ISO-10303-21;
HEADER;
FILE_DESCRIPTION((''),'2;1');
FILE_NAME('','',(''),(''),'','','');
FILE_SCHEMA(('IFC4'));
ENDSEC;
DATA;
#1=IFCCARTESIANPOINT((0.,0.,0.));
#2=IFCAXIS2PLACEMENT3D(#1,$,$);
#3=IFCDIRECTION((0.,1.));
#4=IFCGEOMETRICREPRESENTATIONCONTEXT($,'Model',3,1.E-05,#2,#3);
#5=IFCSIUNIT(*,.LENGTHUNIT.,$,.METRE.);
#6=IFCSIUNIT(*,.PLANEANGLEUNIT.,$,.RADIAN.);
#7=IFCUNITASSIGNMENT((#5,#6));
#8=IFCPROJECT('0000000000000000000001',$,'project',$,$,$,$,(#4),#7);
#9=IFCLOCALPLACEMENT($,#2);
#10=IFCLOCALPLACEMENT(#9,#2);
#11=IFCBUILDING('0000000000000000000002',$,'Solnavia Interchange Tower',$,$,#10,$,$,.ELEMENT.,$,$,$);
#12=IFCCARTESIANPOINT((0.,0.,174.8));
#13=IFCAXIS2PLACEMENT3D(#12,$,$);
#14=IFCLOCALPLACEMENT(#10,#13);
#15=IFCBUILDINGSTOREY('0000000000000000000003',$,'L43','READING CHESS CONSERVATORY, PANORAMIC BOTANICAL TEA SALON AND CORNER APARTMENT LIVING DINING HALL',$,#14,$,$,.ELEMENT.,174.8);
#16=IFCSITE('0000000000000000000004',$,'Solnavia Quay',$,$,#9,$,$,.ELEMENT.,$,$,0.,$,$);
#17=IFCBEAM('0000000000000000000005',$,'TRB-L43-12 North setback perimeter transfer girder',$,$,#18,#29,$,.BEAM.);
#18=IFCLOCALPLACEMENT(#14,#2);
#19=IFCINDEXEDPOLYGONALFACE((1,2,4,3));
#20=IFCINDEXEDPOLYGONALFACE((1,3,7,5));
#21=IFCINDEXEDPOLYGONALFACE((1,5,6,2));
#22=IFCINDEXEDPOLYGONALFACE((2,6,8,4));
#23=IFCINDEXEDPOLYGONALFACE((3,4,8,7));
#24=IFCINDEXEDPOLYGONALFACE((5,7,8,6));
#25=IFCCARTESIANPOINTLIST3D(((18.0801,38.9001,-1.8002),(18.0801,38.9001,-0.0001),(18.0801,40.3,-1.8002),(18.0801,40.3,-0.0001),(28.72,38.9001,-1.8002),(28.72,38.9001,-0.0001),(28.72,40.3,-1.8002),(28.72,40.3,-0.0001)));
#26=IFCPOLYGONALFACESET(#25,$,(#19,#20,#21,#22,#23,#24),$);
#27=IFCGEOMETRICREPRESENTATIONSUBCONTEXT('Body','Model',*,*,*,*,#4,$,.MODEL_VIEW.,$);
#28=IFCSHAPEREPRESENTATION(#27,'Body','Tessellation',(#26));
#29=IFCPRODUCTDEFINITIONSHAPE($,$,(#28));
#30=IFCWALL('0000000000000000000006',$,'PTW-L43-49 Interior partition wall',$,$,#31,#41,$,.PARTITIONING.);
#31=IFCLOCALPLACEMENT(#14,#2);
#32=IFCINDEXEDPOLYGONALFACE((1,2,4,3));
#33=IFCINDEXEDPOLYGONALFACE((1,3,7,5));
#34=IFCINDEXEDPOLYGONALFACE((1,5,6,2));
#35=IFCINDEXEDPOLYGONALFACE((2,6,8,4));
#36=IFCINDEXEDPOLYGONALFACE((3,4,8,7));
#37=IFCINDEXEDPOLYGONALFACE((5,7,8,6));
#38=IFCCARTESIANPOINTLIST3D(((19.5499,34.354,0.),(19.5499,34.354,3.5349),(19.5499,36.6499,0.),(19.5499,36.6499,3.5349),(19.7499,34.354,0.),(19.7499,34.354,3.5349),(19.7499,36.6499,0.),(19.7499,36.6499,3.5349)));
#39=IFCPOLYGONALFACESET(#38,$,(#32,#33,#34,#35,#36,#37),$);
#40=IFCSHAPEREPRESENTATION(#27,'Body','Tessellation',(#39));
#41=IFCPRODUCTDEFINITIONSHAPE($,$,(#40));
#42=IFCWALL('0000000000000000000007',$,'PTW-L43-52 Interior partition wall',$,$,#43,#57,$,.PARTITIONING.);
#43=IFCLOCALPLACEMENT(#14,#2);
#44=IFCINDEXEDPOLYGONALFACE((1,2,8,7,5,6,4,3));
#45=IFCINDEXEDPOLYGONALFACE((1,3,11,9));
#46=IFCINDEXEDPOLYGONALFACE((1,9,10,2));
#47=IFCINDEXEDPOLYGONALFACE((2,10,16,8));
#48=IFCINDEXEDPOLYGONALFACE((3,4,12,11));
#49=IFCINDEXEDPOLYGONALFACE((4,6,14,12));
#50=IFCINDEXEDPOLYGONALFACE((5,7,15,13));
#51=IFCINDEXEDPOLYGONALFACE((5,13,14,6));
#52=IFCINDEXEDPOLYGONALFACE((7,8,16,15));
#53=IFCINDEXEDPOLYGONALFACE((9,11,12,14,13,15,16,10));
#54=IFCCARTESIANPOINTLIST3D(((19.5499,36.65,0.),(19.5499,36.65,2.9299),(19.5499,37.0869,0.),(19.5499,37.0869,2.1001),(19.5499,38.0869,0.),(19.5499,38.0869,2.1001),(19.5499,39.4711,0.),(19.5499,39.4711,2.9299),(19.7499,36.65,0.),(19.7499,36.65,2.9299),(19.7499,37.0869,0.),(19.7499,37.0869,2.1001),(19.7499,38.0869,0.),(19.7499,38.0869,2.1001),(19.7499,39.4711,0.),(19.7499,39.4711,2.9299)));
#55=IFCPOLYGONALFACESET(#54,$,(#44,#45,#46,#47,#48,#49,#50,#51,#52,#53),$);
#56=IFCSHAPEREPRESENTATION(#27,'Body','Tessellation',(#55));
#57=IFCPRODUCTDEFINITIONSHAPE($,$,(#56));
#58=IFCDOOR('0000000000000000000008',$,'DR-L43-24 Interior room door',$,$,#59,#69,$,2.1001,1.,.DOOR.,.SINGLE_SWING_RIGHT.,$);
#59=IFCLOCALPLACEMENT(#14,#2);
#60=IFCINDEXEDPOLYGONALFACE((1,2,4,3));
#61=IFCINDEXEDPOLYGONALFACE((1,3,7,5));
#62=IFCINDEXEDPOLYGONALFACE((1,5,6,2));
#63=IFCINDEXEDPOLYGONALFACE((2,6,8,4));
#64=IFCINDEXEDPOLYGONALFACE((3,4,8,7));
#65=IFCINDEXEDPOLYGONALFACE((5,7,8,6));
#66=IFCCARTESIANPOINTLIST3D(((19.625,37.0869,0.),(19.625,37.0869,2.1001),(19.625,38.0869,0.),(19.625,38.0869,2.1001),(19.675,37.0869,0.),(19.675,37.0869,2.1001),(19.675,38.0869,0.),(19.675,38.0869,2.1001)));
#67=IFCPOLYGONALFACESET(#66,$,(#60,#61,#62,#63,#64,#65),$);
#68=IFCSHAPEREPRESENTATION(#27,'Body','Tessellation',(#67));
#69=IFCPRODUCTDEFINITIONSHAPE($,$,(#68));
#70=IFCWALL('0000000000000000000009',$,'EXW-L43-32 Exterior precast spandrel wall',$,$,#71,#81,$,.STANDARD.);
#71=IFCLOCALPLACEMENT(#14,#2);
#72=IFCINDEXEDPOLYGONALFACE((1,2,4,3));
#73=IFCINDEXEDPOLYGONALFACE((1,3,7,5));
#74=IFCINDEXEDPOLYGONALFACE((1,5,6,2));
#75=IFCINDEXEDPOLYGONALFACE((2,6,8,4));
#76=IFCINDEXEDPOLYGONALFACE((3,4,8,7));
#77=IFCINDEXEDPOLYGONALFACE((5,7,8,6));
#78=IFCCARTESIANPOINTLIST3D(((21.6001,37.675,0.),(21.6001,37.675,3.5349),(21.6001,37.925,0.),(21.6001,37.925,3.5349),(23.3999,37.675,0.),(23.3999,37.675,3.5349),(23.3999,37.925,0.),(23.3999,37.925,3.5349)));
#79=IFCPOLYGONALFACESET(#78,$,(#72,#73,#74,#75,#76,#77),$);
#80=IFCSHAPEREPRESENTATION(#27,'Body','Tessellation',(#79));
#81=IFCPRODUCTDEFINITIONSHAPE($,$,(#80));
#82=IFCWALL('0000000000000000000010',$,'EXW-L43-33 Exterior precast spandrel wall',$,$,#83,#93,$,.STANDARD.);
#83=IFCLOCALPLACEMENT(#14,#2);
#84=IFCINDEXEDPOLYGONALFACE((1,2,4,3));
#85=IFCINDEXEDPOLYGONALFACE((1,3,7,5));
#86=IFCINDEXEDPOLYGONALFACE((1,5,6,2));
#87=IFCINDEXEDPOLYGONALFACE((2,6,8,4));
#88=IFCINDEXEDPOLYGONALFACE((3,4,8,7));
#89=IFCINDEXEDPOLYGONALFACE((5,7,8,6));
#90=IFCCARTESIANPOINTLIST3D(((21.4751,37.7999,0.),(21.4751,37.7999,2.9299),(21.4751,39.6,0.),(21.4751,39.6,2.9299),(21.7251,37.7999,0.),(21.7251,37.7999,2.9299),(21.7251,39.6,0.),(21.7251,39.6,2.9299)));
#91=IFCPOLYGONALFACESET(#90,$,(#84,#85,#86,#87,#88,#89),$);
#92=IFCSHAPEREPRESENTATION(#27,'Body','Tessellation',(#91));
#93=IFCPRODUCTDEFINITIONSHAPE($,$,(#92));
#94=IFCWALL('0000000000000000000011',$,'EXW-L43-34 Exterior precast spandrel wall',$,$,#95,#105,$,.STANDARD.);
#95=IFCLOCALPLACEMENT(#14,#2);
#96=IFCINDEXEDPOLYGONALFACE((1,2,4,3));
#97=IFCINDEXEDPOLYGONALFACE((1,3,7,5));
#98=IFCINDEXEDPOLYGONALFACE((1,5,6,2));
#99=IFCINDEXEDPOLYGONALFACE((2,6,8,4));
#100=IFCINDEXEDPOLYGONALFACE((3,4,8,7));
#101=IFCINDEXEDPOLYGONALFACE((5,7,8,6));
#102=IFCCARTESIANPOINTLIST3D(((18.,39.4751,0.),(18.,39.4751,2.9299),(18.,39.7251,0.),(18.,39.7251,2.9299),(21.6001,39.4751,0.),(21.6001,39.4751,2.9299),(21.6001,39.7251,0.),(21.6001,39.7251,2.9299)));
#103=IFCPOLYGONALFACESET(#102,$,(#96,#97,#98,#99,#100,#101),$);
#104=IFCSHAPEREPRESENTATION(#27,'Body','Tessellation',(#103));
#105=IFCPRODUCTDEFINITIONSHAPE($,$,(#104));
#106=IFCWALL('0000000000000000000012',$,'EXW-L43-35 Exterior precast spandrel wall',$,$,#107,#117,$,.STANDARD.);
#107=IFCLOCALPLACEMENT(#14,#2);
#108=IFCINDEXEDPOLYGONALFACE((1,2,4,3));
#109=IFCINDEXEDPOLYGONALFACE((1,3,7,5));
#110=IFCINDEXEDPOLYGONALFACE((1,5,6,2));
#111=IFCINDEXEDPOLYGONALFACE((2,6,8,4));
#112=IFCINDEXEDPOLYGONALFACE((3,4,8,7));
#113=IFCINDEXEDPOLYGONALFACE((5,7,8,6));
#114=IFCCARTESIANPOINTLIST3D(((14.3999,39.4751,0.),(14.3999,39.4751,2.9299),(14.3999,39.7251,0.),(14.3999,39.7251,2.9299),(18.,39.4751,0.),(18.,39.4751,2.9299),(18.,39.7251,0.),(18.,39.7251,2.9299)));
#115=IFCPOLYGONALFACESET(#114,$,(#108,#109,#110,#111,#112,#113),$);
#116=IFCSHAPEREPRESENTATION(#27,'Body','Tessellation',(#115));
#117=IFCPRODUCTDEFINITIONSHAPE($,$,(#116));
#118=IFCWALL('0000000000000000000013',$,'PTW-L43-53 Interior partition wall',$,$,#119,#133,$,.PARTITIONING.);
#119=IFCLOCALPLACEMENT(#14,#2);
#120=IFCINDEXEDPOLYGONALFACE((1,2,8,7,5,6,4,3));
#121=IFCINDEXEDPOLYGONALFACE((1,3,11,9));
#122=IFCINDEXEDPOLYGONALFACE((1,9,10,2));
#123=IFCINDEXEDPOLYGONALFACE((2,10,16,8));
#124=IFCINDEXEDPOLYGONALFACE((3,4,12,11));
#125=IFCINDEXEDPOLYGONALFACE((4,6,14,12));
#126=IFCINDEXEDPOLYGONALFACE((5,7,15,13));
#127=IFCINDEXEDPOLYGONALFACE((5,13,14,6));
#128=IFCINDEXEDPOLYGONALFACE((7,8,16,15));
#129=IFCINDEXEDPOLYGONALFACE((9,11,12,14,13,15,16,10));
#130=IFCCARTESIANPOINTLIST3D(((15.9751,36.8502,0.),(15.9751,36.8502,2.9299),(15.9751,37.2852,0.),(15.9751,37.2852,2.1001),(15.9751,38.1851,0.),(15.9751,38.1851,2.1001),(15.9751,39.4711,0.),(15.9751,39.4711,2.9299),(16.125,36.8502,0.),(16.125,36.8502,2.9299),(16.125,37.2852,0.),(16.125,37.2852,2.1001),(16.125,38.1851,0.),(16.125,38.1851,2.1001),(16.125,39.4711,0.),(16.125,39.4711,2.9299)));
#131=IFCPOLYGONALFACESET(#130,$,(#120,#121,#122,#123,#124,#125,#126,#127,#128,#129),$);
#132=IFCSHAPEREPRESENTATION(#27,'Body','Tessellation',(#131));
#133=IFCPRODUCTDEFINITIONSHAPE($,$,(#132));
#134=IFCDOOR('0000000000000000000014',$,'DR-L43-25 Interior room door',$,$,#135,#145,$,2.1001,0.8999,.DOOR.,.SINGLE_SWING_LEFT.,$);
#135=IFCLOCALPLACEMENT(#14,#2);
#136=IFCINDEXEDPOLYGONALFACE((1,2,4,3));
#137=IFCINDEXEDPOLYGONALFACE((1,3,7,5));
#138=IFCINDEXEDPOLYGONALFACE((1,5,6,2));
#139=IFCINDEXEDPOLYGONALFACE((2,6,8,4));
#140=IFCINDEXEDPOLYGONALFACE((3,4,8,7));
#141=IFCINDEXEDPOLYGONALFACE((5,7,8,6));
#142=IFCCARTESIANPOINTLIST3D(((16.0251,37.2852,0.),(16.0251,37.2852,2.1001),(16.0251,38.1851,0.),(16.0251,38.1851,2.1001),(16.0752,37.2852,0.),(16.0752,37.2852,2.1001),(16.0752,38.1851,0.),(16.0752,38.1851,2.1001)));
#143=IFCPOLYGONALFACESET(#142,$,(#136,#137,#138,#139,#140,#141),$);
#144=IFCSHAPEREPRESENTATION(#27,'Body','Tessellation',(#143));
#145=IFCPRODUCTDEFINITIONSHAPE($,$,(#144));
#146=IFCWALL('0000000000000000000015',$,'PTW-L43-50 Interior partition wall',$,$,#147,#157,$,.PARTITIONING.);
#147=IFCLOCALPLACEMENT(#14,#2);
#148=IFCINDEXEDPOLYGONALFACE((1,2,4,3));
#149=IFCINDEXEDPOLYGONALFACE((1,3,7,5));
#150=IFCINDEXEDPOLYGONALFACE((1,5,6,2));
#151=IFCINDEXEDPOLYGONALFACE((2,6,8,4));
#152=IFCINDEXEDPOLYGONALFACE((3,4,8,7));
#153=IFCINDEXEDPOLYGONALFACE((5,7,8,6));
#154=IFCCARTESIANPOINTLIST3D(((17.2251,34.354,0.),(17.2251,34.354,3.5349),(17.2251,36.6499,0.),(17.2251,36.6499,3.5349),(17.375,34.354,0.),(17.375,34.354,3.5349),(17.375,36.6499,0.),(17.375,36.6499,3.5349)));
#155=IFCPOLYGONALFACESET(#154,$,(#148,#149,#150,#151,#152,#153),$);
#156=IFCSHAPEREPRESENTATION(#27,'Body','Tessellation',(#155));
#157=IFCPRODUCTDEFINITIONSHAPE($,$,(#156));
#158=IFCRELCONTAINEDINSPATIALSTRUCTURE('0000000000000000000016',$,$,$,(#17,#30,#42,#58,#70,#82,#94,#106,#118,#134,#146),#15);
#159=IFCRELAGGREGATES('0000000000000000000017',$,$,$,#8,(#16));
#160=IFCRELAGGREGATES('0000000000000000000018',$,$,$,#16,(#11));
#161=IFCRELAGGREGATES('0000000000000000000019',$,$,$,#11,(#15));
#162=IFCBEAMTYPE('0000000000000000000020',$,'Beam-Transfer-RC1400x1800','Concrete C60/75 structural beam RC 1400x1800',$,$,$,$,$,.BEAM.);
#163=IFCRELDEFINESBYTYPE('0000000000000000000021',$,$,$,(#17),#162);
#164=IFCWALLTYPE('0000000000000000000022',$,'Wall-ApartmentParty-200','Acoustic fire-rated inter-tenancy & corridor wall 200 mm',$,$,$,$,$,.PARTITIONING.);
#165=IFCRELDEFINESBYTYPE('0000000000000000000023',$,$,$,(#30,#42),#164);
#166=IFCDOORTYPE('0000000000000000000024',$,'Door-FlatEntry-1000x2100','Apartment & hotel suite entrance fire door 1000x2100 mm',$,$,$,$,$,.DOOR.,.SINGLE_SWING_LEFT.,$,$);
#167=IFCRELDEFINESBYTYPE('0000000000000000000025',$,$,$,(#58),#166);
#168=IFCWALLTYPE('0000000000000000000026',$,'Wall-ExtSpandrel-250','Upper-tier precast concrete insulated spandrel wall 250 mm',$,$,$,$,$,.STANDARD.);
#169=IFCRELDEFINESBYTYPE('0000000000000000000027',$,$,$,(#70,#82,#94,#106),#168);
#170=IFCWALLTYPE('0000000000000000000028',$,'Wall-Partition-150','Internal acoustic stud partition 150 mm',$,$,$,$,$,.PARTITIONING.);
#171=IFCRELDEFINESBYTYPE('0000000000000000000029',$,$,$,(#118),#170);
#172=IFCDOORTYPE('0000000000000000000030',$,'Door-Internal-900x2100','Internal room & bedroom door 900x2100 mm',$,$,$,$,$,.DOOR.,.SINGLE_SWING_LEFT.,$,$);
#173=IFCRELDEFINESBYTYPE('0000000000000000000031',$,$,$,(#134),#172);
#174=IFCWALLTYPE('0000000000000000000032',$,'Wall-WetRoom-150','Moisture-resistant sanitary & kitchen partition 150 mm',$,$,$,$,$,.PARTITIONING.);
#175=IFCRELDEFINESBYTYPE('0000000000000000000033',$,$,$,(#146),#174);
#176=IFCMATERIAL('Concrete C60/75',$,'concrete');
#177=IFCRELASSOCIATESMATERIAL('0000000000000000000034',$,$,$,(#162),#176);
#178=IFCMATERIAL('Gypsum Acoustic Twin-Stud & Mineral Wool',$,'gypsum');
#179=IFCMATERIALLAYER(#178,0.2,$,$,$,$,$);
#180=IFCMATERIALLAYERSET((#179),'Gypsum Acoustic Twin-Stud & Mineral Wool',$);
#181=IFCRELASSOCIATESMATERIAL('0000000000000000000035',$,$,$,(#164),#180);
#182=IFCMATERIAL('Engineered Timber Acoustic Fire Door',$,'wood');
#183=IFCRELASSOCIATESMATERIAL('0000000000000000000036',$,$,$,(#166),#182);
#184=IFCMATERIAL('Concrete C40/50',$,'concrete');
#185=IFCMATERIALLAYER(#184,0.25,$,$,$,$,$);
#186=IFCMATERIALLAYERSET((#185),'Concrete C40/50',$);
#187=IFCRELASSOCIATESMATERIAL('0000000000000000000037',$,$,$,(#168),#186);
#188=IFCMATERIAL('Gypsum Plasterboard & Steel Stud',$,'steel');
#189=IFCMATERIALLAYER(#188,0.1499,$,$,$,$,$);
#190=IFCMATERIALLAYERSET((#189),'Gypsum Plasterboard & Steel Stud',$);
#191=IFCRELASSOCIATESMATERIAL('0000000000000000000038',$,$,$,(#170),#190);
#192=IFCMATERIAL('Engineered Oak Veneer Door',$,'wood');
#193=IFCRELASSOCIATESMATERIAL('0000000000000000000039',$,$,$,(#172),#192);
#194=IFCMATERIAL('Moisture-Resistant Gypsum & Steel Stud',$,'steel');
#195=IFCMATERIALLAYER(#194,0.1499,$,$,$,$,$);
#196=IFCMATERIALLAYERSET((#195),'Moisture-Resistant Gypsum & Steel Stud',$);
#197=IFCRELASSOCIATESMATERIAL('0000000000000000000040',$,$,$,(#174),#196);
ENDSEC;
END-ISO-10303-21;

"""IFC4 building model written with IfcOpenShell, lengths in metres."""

from ifc_helpers import new_model, si_unit, direction, frame, frame_2d, origin, origin_2d, place, context, subcontext, project, spatial, rectangle, extrude, material, layer, layer_set, material_profile, profile_set, type_object, element, fill, save


model = new_model("IFC4")

# Units and contexts
model_context = context("Model", 3, precision=1e-05, world=origin(), true_north=direction((0.0, 1.0)))
body_context = subcontext(model_context, "Body", "Model", "MODEL_VIEW")
ifc_project = project(units=[si_unit("LENGTHUNIT", "METRE"), si_unit("PLANEANGLEUNIT", "RADIAN")], contexts=[model_context])

# Site, building, storey
site_placement = place(None, origin())
site = spatial("IfcSite", under=ifc_project, at=site_placement, Name="Solnavia Quay", CompositionType="ELEMENT", RefElevation=0.0)
building_placement = place(site_placement, origin())
building = spatial("IfcBuilding", under=site, at=building_placement, Name="Solnavia Interchange Tower", CompositionType="ELEMENT")
storey_placement = place(building_placement, frame((0.0, 0.0, 174.8)))
storey = spatial("IfcBuildingStorey", under=building, at=storey_placement, Name="L43", Description="READING CHESS CONSERVATORY, PANORAMIC BOTANICAL TEA SALON AND CORNER APARTMENT LIVING DINING HALL", CompositionType="ELEMENT", Elevation=174.8)

# Beam
ifc_material_1 = material(Name="Concrete C60/75", Category="concrete")
ifc_material_profile_1 = material_profile(ifc_material_1, rectangle(XDim=1.3999, YDim=1.8, at=origin_2d()), Name="RC 1400x1800")
ifc_profile_set_1 = profile_set([ifc_material_profile_1], Name="Concrete C60/75")
beam_type_1 = type_object("IfcBeamType", Name="Beam-Transfer-RC1400x1800", Description="Concrete C60/75 structural beam RC 1400x1800", PredefinedType="BEAM", material=ifc_profile_set_1)
beam_1_placement = place(storey_placement, frame((18.0801, 39.6001, -0.9001), z_axis=(1.0, 0.0, 0.0), x_axis=(0.0, 1.0, 0.0)))
element("IfcBeam", 1, at=beam_1_placement, inside=storey, type_object=beam_type_1, Name="TRB-L43-12 North setback perimeter transfer girder", PredefinedType="BEAM", context=body_context, shape_type="SweptSolid", body=[
    extrude(rectangle(XDim=1.3999, YDim=1.8, at=origin_2d()), origin(), (0.0, 0.0, 1.0), 10.6399),
])

# Wall
ifc_material_2 = material(Name="Gypsum Acoustic Twin-Stud & Mineral Wool", Category="gypsum")
ifc_layer_1 = layer(ifc_material_2, 0.2)
ifc_layer_set_1 = layer_set([ifc_layer_1], Name="Gypsum Acoustic Twin-Stud & Mineral Wool")
wall_type_1 = type_object("IfcWallType", Name="Wall-ApartmentParty-200", Description="Acoustic fire-rated inter-tenancy & corridor wall 200 mm", PredefinedType="PARTITIONING", material=ifc_layer_set_1)
wall_1_placement = place(storey_placement, frame((19.6499, 34.354, 0.0), z_axis=(0.0, 0.0, 1.0), x_axis=(0.0, 1.0, 0.0)))
element("IfcWall", 2, at=wall_1_placement, inside=storey, type_object=wall_type_1, Name="PTW-L43-49 Interior partition wall", PredefinedType="PARTITIONING", context=body_context, shape_type="SweptSolid", body=[
    extrude(rectangle(XDim=2.2959, YDim=0.2, at=frame_2d((1.1479, 0.0))), origin(), (0.0, 0.0, 1.0), 3.5349),
])

# Wall, opening, door
wall_2_placement = place(storey_placement, frame((19.6499, 36.6499, 0.0), z_axis=(0.0, 0.0, 1.0), x_axis=(0.0, 1.0, 0.0)))
wall_2 = element("IfcWall", 3, at=wall_2_placement, inside=storey, type_object=wall_type_1, Name="PTW-L43-52 Interior partition wall", PredefinedType="PARTITIONING", context=body_context, shape_type="SweptSolid", body=[
    extrude(rectangle(XDim=2.821, YDim=0.2, at=frame_2d((1.4106, 0.0))), origin(), (0.0, 0.0, 1.0), 2.9299),
])
opening_1_placement = place(wall_2_placement, frame((0.437, 0.0, 0.0)))
opening_1 = element("IfcOpeningElement", 4, at=opening_1_placement, cuts=wall_2, PredefinedType="OPENING", context=body_context, shape_type="SweptSolid", body=[
    extrude(rectangle(XDim=1.0, YDim=2.1001, at=frame_2d((0.5, 1.05))), frame((0.0, 0.1099, 0.0), z_axis=(0.0, -1.0, 0.0), x_axis=(1.0, 0.0, 0.0)), (0.0, 0.0, 1.0), 0.22),
])
ifc_material_3 = material(Name="Engineered Timber Acoustic Fire Door", Category="wood")
door_type_1 = type_object("IfcDoorType", Name="Door-FlatEntry-1000x2100", Description="Apartment & hotel suite entrance fire door 1000x2100 mm", OperationType="SINGLE_SWING_LEFT", PredefinedType="DOOR", material=ifc_material_3)
door_1_placement = place(opening_1_placement, origin())
door_1 = element("IfcDoor", 5, at=door_1_placement, inside=storey, type_object=door_type_1, Name="DR-L43-24 Interior room door", OperationType="SINGLE_SWING_RIGHT", OverallHeight=2.1001, OverallWidth=1.0, PredefinedType="DOOR", context=body_context, shape_type="SweptSolid", body=[
    extrude(rectangle(XDim=1.0, YDim=2.1001, at=frame_2d((0.5, 1.05))), frame((0.0, 0.0249, 0.0), z_axis=(0.0, -1.0, 0.0), x_axis=(1.0, 0.0, 0.0)), (0.0, 0.0, 1.0), 0.05),
])
fill(opening_1, door_1)

# Walls
ifc_material_4 = material(Name="Concrete C40/50", Category="concrete")
ifc_layer_2 = layer(ifc_material_4, 0.25)
ifc_layer_set_2 = layer_set([ifc_layer_2], Name="Concrete C40/50")
wall_type_2 = type_object("IfcWallType", Name="Wall-ExtSpandrel-250", Description="Upper-tier precast concrete insulated spandrel wall 250 mm", PredefinedType="STANDARD", material=ifc_layer_set_2)
wall_3_placement = place(storey_placement, frame((21.6001, 37.8, 0.0), z_axis=(0.0, 0.0, 1.0), x_axis=(1.0, 0.0, 0.0)))
element("IfcWall", 6, at=wall_3_placement, inside=storey, type_object=wall_type_2, Name="EXW-L43-32 Exterior precast spandrel wall", PredefinedType="STANDARD", context=body_context, shape_type="SweptSolid", body=[
    extrude(rectangle(XDim=1.7998, YDim=0.25, at=frame_2d((0.8999, 0.0))), origin(), (0.0, 0.0, 1.0), 3.5349),
])
wall_4_placement = place(storey_placement, frame((21.6001, 37.8, 0.0), z_axis=(0.0, 0.0, 1.0), x_axis=(0.0, 1.0, 0.0)))
element("IfcWall", 7, at=wall_4_placement, inside=storey, type_object=wall_type_2, Name="EXW-L43-33 Exterior precast spandrel wall", PredefinedType="STANDARD", context=body_context, shape_type="SweptSolid", body=[
    extrude(rectangle(XDim=1.8, YDim=0.25, at=frame_2d((0.8999, 0.0))), origin(), (0.0, 0.0, 1.0), 2.9299),
])
for number, where, z_axis, x_axis, name in (
    (8, (18.0, 39.6001, 0.0), (0.0, 0.0, 1.0), (1.0, 0.0, 0.0), "EXW-L43-34 Exterior precast spandrel wall"),
    (9, (14.3999, 39.6001, 0.0), (0.0, 0.0, 1.0), (1.0, 0.0, 0.0), "EXW-L43-35 Exterior precast spandrel wall"),
):
    element("IfcWall", number, at=place(storey_placement, frame(where, z_axis=z_axis, x_axis=x_axis)), inside=storey, type_object=wall_type_2, Name=name, PredefinedType="STANDARD", context=body_context, shape_type="SweptSolid", body=[
        extrude(rectangle(XDim=3.6001, YDim=0.25, at=frame_2d((1.8, 0.0))), origin(), (0.0, 0.0, 1.0), 2.9299),
    ])

# Wall, opening, door
ifc_material_5 = material(Name="Gypsum Plasterboard & Steel Stud", Category="steel")
ifc_layer_3 = layer(ifc_material_5, 0.1499)
ifc_layer_set_3 = layer_set([ifc_layer_3], Name="Gypsum Plasterboard & Steel Stud")
wall_type_3 = type_object("IfcWallType", Name="Wall-Partition-150", Description="Internal acoustic stud partition 150 mm", PredefinedType="PARTITIONING", material=ifc_layer_set_3)
wall_5_placement = place(storey_placement, frame((16.05, 36.8501, 0.0), z_axis=(0.0, 0.0, 1.0), x_axis=(0.0, 1.0, 0.0)))
wall_5 = element("IfcWall", 10, at=wall_5_placement, inside=storey, type_object=wall_type_3, Name="PTW-L43-53 Interior partition wall", PredefinedType="PARTITIONING", context=body_context, shape_type="SweptSolid", body=[
    extrude(rectangle(XDim=2.6208, YDim=0.1499, at=frame_2d((1.3105, 0.0))), origin(), (0.0, 0.0, 1.0), 2.9299),
])
opening_2_placement = place(wall_5_placement, frame((0.4351, 0.0, 0.0)))
opening_2 = element("IfcOpeningElement", 11, at=opening_2_placement, cuts=wall_5, PredefinedType="OPENING", context=body_context, shape_type="SweptSolid", body=[
    extrude(rectangle(XDim=0.8999, YDim=2.1001, at=frame_2d((0.45, 1.05))), frame((0.0, 0.085, 0.0), z_axis=(0.0, -1.0, 0.0), x_axis=(1.0, 0.0, 0.0)), (0.0, 0.0, 1.0), 0.1699),
])
ifc_material_6 = material(Name="Engineered Oak Veneer Door", Category="wood")
door_type_2 = type_object("IfcDoorType", Name="Door-Internal-900x2100", Description="Internal room & bedroom door 900x2100 mm", OperationType="SINGLE_SWING_LEFT", PredefinedType="DOOR", material=ifc_material_6)
door_2_placement = place(opening_2_placement, origin())
door_2 = element("IfcDoor", 12, at=door_2_placement, inside=storey, type_object=door_type_2, Name="DR-L43-25 Interior room door", OperationType="SINGLE_SWING_LEFT", OverallHeight=2.1001, OverallWidth=0.8999, PredefinedType="DOOR", context=body_context, shape_type="SweptSolid", body=[
    extrude(rectangle(XDim=0.8999, YDim=2.1001, at=frame_2d((0.45, 1.05))), frame((0.0, 0.0249, 0.0), z_axis=(0.0, -1.0, 0.0), x_axis=(1.0, 0.0, 0.0)), (0.0, 0.0, 1.0), 0.05),
])
fill(opening_2, door_2)

# Wall
ifc_material_7 = material(Name="Moisture-Resistant Gypsum & Steel Stud", Category="steel")
ifc_layer_4 = layer(ifc_material_7, 0.1499)
ifc_layer_set_4 = layer_set([ifc_layer_4], Name="Moisture-Resistant Gypsum & Steel Stud")
wall_type_4 = type_object("IfcWallType", Name="Wall-WetRoom-150", Description="Moisture-resistant sanitary & kitchen partition 150 mm", PredefinedType="PARTITIONING", material=ifc_layer_set_4)
wall_6_placement = place(storey_placement, frame((17.3, 34.354, 0.0), z_axis=(0.0, 0.0, 1.0), x_axis=(0.0, 1.0, 0.0)))
element("IfcWall", 13, at=wall_6_placement, inside=storey, type_object=wall_type_4, Name="PTW-L43-50 Interior partition wall", PredefinedType="PARTITIONING", context=body_context, shape_type="SweptSolid", body=[
    extrude(rectangle(XDim=2.2959, YDim=0.1499, at=frame_2d((1.1479, 0.0))), origin(), (0.0, 0.0, 1.0), 3.5349),
])

save(model, "model.ifc")
